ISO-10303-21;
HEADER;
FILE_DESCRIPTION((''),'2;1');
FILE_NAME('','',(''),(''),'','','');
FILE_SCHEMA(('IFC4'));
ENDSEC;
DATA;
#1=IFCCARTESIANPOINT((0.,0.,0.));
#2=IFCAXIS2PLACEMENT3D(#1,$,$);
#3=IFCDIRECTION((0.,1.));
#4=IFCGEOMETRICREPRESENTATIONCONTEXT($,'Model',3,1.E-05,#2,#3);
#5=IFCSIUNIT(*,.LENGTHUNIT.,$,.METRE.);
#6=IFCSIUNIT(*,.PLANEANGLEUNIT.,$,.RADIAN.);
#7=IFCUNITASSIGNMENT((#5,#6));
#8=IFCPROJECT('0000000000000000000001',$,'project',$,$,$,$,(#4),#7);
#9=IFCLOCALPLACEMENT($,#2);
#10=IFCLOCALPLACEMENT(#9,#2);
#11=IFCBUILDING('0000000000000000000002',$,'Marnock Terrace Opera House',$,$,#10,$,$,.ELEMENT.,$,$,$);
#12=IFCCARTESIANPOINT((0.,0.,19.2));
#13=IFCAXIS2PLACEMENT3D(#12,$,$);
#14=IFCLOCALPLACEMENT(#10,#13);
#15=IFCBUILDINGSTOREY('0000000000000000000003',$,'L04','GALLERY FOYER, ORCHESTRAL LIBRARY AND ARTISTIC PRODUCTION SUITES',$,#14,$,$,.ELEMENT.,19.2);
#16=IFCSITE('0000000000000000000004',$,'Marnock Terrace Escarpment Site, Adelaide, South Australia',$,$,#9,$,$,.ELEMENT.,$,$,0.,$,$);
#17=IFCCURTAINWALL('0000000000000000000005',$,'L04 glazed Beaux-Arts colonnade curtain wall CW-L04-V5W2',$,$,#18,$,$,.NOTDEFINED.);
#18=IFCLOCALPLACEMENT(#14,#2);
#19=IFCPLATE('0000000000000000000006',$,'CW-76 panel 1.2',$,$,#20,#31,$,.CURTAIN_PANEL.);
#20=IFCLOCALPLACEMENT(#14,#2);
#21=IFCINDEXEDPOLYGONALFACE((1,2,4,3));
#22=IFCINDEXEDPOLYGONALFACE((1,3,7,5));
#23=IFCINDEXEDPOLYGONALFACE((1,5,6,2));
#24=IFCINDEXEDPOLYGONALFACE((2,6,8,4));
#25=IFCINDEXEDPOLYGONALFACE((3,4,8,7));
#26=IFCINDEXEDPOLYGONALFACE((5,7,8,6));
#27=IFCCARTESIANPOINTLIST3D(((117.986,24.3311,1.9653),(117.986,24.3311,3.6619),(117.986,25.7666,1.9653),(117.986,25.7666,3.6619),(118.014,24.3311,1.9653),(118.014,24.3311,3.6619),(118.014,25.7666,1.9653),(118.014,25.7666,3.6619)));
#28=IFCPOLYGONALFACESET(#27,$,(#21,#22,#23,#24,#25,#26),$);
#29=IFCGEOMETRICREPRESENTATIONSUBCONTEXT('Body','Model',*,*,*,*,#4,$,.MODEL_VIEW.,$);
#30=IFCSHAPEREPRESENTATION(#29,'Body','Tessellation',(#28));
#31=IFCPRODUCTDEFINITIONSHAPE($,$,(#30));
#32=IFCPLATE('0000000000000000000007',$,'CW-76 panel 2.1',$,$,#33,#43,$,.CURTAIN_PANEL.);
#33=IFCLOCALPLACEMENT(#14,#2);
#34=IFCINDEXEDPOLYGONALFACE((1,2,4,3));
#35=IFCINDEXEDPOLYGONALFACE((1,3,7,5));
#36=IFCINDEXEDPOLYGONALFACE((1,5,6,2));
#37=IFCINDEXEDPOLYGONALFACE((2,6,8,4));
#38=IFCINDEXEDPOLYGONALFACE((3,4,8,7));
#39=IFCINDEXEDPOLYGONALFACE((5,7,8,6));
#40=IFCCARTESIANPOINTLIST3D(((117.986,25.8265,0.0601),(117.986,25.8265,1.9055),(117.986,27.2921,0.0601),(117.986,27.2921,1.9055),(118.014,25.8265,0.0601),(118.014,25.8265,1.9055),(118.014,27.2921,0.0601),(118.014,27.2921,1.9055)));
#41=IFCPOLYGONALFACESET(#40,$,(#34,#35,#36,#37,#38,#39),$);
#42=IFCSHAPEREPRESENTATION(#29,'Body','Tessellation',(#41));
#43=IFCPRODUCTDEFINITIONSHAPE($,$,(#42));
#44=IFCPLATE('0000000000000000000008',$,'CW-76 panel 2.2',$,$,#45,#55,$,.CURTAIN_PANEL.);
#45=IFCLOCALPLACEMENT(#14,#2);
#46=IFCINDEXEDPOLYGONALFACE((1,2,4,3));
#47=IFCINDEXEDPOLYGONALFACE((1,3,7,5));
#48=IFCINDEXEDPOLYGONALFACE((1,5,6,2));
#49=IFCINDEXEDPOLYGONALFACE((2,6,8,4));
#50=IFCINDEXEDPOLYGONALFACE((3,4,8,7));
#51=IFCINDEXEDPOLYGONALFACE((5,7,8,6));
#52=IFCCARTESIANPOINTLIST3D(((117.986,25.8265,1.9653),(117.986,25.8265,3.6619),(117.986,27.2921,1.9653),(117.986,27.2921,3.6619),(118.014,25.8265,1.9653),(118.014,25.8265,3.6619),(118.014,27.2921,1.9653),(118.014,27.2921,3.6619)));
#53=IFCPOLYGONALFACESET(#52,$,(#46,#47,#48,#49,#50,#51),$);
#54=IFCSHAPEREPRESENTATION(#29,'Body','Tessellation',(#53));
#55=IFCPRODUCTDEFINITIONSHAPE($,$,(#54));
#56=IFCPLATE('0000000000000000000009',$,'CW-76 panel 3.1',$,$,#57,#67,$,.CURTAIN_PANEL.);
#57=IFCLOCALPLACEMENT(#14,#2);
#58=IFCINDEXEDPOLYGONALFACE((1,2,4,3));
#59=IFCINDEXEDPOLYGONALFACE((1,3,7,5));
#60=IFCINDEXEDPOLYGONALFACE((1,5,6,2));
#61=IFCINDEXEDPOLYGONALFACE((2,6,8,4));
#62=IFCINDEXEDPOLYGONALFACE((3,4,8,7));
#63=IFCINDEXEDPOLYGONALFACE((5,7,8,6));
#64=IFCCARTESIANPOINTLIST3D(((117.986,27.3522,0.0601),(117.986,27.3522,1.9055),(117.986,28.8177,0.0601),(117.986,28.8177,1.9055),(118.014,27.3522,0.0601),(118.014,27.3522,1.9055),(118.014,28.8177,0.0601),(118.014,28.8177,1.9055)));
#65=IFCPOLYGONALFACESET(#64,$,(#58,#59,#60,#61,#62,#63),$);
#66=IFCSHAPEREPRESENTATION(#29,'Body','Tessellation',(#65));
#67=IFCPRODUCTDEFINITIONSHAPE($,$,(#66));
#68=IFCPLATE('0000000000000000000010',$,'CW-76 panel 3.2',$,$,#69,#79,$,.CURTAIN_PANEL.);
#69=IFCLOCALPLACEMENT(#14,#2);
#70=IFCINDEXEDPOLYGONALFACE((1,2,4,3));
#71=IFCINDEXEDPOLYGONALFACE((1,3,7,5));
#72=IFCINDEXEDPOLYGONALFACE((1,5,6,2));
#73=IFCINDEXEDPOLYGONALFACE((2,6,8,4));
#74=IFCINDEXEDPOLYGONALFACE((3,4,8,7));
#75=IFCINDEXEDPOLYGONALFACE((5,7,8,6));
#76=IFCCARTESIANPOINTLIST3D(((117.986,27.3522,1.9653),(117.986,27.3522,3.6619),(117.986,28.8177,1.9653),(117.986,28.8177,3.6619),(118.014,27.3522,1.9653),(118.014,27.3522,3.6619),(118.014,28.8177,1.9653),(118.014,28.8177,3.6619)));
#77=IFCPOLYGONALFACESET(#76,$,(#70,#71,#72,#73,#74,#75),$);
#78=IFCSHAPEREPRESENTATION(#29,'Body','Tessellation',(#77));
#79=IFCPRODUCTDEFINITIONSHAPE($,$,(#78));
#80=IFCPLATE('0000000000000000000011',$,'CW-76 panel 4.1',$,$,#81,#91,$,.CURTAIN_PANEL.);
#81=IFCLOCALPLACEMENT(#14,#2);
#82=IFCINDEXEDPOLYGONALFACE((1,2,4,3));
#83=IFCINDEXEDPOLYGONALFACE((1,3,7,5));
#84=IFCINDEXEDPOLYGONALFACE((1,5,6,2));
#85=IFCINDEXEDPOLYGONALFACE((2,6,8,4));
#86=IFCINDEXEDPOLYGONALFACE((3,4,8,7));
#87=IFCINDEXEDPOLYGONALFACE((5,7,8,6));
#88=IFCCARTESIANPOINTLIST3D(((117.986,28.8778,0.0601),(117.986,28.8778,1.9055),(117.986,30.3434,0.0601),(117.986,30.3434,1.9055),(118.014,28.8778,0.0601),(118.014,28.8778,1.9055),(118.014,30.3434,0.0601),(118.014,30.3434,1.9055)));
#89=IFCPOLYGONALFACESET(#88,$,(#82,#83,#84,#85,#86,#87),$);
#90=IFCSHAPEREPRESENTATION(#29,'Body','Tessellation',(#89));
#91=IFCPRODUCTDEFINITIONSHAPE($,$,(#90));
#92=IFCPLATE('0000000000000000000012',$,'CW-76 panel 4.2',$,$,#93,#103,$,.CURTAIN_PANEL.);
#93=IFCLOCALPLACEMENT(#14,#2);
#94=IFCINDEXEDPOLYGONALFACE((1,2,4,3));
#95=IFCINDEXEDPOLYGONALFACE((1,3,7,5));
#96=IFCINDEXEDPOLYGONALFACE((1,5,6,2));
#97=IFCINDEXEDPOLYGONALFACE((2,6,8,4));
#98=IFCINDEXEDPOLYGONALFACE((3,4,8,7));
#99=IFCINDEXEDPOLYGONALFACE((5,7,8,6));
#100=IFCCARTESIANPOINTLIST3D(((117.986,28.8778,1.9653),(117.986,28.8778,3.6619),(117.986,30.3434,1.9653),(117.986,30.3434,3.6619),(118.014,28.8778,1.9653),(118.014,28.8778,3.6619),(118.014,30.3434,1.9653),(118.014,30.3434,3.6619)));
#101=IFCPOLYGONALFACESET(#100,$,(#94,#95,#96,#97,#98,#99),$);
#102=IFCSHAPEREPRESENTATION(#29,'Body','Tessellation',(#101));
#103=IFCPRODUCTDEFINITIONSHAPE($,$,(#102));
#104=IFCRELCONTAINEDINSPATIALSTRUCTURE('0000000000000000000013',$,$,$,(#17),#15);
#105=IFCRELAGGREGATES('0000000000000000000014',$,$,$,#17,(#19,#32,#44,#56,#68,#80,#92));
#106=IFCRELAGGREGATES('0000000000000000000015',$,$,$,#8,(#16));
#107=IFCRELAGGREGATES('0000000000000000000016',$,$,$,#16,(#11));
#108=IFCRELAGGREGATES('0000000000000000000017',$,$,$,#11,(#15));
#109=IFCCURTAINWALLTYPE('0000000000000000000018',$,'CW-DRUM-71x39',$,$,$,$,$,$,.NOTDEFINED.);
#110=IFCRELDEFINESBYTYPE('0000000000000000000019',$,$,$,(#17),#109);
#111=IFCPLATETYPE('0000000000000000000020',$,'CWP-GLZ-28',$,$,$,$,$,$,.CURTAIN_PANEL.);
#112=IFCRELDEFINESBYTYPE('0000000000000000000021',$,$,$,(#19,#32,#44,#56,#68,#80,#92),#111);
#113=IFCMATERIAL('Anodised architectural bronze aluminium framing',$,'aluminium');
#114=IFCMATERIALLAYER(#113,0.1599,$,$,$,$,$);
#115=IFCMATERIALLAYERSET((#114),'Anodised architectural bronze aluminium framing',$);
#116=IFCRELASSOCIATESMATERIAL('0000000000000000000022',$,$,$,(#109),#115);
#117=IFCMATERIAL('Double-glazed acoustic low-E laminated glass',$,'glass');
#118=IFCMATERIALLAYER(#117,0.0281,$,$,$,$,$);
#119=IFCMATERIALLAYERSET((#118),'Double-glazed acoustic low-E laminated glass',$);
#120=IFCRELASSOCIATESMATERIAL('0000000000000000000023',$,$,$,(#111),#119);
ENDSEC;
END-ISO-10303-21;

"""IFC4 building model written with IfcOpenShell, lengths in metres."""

from ifc_helpers import new_model, si_unit, direction, frame, origin, origin_2d, place, context, subcontext, project, spatial, rectangle, extrude, material, layer, layer_set, type_object, element, aggregate, save


model = new_model("IFC4")

# Units and contexts
model_context = context("Model", 3, precision=1e-05, world=origin(), true_north=direction((0.0, 1.0)))
body_context = subcontext(model_context, "Body", "Model", "MODEL_VIEW")
ifc_project = project(units=[si_unit("LENGTHUNIT", "METRE"), si_unit("PLANEANGLEUNIT", "RADIAN")], contexts=[model_context])

# Site, building, storey
site_placement = place(None, origin())
site = spatial("IfcSite", under=ifc_project, at=site_placement, Name="Marnock Terrace Escarpment Site, Adelaide, South Australia", CompositionType="ELEMENT", RefElevation=0.0)
building_placement = place(site_placement, origin())
building = spatial("IfcBuilding", under=site, at=building_placement, Name="Marnock Terrace Opera House", CompositionType="ELEMENT")
storey_placement = place(building_placement, frame((0.0, 0.0, 19.2)))
storey = spatial("IfcBuildingStorey", under=building, at=storey_placement, Name="L04", Description="GALLERY FOYER, ORCHESTRAL LIBRARY AND ARTISTIC PRODUCTION SUITES", CompositionType="ELEMENT", Elevation=19.2)

# Shared definitions
ifc_material_1 = material(Name="Anodised architectural bronze aluminium framing", Category="aluminium")
ifc_layer_1 = layer(ifc_material_1, 0.1599)
ifc_layer_set_1 = layer_set([ifc_layer_1], Name="Anodised architectural bronze aluminium framing")
curtain_wall_type = type_object("IfcCurtainWallType", Name="CW-DRUM-71x39", PredefinedType="NOTDEFINED", material=ifc_layer_set_1)

# Curtain wall
curtain_wall_1_placement = place(storey_placement, origin())
curtain_wall_1 = element("IfcCurtainWall", 1, at=curtain_wall_1_placement, inside=storey, type_object=curtain_wall_type, Name="L04 glazed Beaux-Arts colonnade curtain wall CW-L04-V5W2", PredefinedType="NOTDEFINED")

# Plates
ifc_material_2 = material(Name="Double-glazed acoustic low-E laminated glass", Category="glass")
ifc_layer_2 = layer(ifc_material_2, 0.0281)
ifc_layer_set_2 = layer_set([ifc_layer_2], Name="Double-glazed acoustic low-E laminated glass")
plate_type = type_object("IfcPlateType", Name="CWP-GLZ-28", PredefinedType="CURTAIN_PANEL", material=ifc_layer_set_2)
plate_1_placement = place(storey_placement, frame((118.0, 25.0488, 1.9653), z_axis=(0.0, 0.0, 1.0), x_axis=(0.0, 1.0, 0.0)))
plate_1 = element("IfcPlate", 2, at=plate_1_placement, type_object=plate_type, Name="CW-76 panel 1.2", PredefinedType="CURTAIN_PANEL", context=body_context, shape_type="SweptSolid", body=[
    extrude(rectangle(XDim=1.4355, YDim=0.0281, at=origin_2d()), origin(), (0.0, 0.0, 1.0), 1.6965),
])
plate_2_placement = place(storey_placement, frame((118.0, 26.5593, 0.0601), z_axis=(0.0, 0.0, 1.0), x_axis=(0.0, 1.0, 0.0)))
plate_2 = element("IfcPlate", 3, at=plate_2_placement, type_object=plate_type, Name="CW-76 panel 2.1", PredefinedType="CURTAIN_PANEL", context=body_context, shape_type="SweptSolid", body=[
    extrude(rectangle(XDim=1.4656, YDim=0.0281, at=origin_2d()), origin(), (0.0, 0.0, 1.0), 1.8455),
])
plate_3_placement = place(storey_placement, frame((118.0, 26.5593, 1.9653), z_axis=(0.0, 0.0, 1.0), x_axis=(0.0, 1.0, 0.0)))
plate_3 = element("IfcPlate", 4, at=plate_3_placement, type_object=plate_type, Name="CW-76 panel 2.2", PredefinedType="CURTAIN_PANEL", context=body_context, shape_type="SweptSolid", body=[
    extrude(rectangle(XDim=1.4656, YDim=0.0281, at=origin_2d()), origin(), (0.0, 0.0, 1.0), 1.6965),
])
plate_4_placement = place(storey_placement, frame((118.0, 28.085, 0.0601), z_axis=(0.0, 0.0, 1.0), x_axis=(0.0, 1.0, 0.0)))
plate_4 = element("IfcPlate", 5, at=plate_4_placement, type_object=plate_type, Name="CW-76 panel 3.1", PredefinedType="CURTAIN_PANEL", context=body_context, shape_type="SweptSolid", body=[
    extrude(rectangle(XDim=1.4656, YDim=0.0281, at=origin_2d()), origin(), (0.0, 0.0, 1.0), 1.8455),
])
plate_5_placement = place(storey_placement, frame((118.0, 28.085, 1.9653), z_axis=(0.0, 0.0, 1.0), x_axis=(0.0, 1.0, 0.0)))
plate_5 = element("IfcPlate", 6, at=plate_5_placement, type_object=plate_type, Name="CW-76 panel 3.2", PredefinedType="CURTAIN_PANEL", context=body_context, shape_type="SweptSolid", body=[
    extrude(rectangle(XDim=1.4656, YDim=0.0281, at=origin_2d()), origin(), (0.0, 0.0, 1.0), 1.6965),
])
plate_6_placement = place(storey_placement, frame((118.0, 29.6106, 0.0601), z_axis=(0.0, 0.0, 1.0), x_axis=(0.0, 1.0, 0.0)))
plate_6 = element("IfcPlate", 7, at=plate_6_placement, type_object=plate_type, Name="CW-76 panel 4.1", PredefinedType="CURTAIN_PANEL", context=body_context, shape_type="SweptSolid", body=[
    extrude(rectangle(XDim=1.4656, YDim=0.0281, at=origin_2d()), origin(), (0.0, 0.0, 1.0), 1.8455),
])
plate_7_placement = place(storey_placement, frame((118.0, 29.6106, 1.9653), z_axis=(0.0, 0.0, 1.0), x_axis=(0.0, 1.0, 0.0)))
plate_7 = element("IfcPlate", 8, at=plate_7_placement, type_object=plate_type, Name="CW-76 panel 4.2", PredefinedType="CURTAIN_PANEL", context=body_context, shape_type="SweptSolid", body=[
    extrude(rectangle(XDim=1.4656, YDim=0.0281, at=origin_2d()), origin(), (0.0, 0.0, 1.0), 1.6965),
])
aggregate(curtain_wall_1, [plate_1, plate_2, plate_3, plate_4, plate_5, plate_6, plate_7])

save(model, "model.ifc")
